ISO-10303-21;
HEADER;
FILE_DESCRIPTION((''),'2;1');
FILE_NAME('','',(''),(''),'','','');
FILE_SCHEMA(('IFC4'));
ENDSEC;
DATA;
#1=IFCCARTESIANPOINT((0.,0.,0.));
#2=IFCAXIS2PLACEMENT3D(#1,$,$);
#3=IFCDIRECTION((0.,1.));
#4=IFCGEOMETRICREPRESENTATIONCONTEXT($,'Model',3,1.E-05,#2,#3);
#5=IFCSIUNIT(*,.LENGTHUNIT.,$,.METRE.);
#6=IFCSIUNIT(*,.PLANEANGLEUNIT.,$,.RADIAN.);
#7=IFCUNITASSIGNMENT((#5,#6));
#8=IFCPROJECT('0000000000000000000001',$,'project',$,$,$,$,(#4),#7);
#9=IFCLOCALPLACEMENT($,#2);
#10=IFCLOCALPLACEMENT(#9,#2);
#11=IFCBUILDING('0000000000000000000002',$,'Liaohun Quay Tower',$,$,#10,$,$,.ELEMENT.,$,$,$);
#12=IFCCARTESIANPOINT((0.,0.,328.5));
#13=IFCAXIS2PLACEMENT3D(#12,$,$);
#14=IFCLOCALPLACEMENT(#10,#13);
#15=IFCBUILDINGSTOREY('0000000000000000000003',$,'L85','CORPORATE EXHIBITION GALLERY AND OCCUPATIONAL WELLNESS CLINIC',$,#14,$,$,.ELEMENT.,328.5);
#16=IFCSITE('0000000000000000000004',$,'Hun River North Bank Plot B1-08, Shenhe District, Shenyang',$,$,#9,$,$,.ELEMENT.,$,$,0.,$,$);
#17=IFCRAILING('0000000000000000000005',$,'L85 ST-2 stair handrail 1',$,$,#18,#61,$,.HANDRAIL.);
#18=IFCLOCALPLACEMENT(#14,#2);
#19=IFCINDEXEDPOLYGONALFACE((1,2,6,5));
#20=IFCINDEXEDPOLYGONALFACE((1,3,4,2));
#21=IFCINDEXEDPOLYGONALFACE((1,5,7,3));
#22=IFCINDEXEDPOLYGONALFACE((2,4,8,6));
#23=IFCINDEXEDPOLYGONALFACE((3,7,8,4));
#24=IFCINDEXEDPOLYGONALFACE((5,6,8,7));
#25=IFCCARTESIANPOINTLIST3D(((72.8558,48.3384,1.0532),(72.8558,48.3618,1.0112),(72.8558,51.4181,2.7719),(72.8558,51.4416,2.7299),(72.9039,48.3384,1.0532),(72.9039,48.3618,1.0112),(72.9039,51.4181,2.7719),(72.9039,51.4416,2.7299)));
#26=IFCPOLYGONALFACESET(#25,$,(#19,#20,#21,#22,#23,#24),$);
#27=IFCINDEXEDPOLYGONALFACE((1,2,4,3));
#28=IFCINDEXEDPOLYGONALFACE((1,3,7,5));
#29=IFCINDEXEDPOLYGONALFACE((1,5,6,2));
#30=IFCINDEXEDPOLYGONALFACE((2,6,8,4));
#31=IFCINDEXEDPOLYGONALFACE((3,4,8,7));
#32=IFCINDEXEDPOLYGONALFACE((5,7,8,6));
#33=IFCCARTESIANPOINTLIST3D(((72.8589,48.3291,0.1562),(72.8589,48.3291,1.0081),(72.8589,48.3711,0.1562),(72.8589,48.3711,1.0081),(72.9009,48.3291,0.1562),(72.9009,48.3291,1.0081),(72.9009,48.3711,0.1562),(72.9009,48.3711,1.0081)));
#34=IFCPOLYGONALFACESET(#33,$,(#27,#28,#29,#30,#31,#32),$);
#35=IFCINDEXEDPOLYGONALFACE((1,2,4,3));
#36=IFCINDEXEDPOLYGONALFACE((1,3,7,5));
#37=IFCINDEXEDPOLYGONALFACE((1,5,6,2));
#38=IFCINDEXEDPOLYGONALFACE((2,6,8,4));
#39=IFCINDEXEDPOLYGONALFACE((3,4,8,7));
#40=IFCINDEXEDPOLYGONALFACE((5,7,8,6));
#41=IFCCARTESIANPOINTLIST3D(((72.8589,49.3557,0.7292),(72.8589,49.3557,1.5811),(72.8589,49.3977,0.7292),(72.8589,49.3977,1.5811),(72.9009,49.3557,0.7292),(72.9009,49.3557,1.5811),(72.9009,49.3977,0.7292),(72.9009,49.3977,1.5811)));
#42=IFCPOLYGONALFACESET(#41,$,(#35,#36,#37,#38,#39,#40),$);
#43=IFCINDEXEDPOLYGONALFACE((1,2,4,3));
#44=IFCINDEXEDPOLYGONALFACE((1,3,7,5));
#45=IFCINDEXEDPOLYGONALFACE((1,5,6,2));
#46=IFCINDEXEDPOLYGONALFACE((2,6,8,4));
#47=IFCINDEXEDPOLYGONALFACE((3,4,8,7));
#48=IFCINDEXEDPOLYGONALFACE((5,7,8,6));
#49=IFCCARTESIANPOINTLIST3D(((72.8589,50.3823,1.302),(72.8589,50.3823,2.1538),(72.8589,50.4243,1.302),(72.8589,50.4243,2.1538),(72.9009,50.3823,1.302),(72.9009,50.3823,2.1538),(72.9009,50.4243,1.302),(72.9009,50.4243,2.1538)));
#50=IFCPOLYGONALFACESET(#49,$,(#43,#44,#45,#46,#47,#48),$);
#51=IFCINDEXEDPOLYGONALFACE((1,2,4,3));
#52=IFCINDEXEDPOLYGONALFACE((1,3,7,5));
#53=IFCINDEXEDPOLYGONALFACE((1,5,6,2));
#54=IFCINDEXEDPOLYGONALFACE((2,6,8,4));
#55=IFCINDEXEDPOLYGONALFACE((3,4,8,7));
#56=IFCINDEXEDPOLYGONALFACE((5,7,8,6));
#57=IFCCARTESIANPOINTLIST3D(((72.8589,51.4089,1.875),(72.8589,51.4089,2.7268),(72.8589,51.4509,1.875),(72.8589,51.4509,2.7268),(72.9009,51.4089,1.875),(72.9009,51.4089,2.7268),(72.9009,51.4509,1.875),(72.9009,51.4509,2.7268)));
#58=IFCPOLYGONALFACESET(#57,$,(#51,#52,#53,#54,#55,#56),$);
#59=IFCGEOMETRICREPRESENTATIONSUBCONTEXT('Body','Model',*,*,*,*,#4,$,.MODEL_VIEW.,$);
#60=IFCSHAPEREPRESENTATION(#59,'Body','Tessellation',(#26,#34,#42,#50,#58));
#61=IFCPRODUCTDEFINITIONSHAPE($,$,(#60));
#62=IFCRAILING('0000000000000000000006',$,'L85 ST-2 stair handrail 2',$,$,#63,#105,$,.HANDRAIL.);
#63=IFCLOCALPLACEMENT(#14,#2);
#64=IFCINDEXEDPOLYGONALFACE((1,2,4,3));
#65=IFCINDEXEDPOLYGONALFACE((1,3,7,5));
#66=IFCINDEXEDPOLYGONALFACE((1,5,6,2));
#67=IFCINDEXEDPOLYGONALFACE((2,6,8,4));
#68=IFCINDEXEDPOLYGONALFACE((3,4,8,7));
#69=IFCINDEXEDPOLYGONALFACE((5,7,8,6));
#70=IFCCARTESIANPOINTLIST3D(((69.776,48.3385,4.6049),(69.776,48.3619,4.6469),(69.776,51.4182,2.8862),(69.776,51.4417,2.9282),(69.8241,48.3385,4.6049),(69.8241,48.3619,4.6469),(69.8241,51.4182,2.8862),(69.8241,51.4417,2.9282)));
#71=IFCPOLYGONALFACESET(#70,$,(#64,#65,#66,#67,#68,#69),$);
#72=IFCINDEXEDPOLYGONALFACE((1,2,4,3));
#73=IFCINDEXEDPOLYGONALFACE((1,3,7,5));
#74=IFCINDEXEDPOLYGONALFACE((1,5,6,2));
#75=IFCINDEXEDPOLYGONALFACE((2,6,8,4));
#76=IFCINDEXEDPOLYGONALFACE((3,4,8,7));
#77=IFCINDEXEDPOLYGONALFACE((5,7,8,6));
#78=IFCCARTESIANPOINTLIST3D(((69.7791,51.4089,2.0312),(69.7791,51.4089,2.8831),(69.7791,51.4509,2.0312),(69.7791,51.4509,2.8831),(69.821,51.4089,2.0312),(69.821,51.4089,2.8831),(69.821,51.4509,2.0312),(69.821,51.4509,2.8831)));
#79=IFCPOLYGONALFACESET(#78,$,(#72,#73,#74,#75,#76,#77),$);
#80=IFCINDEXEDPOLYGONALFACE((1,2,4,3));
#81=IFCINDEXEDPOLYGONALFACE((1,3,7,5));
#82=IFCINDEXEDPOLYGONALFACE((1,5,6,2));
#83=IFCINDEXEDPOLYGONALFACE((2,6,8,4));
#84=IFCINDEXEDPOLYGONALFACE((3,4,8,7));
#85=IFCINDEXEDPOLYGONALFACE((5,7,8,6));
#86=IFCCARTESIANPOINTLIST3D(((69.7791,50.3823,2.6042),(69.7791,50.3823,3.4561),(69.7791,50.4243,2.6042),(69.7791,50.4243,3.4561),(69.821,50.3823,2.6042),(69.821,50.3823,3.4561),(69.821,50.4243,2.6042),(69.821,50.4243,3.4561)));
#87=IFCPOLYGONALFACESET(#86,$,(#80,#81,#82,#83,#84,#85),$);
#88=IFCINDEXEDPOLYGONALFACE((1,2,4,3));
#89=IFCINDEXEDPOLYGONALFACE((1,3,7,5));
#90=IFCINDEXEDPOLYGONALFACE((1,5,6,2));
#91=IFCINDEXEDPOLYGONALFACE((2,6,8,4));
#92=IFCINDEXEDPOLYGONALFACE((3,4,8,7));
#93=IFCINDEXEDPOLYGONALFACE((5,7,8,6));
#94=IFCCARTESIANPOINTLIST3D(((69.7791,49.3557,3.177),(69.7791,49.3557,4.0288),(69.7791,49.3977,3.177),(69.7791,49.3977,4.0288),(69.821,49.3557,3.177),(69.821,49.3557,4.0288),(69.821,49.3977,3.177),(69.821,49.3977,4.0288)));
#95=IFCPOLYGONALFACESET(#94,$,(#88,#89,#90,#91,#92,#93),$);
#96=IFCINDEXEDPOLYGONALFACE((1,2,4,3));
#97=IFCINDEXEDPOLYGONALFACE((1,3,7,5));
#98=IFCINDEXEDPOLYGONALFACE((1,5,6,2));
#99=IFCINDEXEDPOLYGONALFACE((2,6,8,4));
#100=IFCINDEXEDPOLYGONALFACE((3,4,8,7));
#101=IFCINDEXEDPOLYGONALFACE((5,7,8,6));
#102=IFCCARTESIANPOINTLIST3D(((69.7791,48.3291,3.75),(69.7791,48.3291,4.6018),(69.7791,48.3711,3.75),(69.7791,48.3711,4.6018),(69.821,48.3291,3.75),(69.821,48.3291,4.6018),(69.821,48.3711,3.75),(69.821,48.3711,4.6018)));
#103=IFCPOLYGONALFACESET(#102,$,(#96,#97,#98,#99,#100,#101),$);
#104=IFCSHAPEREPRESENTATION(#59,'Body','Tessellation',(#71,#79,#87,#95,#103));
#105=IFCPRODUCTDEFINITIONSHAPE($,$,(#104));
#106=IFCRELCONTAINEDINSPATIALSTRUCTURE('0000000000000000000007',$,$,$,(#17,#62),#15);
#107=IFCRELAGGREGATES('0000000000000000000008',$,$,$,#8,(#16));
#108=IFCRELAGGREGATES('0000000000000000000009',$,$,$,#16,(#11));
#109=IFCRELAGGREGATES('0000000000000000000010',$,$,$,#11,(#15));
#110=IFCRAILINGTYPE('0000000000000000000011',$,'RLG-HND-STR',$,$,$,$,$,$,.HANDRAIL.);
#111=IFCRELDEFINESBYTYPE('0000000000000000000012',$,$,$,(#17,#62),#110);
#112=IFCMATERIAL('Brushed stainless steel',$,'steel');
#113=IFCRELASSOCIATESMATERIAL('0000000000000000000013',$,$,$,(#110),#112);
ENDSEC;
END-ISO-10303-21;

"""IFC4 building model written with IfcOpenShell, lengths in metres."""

from ifc_helpers import new_model, si_unit, direction, frame, origin, origin_2d, place, context, subcontext, project, spatial, rectangle, extrude, material, type_object, element, save


model = new_model("IFC4")

# Units and contexts
model_context = context("Model", 3, precision=1e-05, world=origin(), true_north=direction((0.0, 1.0)))
body_context = subcontext(model_context, "Body", "Model", "MODEL_VIEW")
ifc_project = project(units=[si_unit("LENGTHUNIT", "METRE"), si_unit("PLANEANGLEUNIT", "RADIAN")], contexts=[model_context])

# Site, building, storey
site_placement = place(None, origin())
site = spatial("IfcSite", under=ifc_project, at=site_placement, Name="Hun River North Bank Plot B1-08, Shenhe District, Shenyang", CompositionType="ELEMENT", RefElevation=0.0)
building_placement = place(site_placement, origin())
building = spatial("IfcBuilding", under=site, at=building_placement, Name="Liaohun Quay Tower", CompositionType="ELEMENT")
storey_placement = place(building_placement, frame((0.0, 0.0, 328.5)))
storey = spatial("IfcBuildingStorey", under=building, at=storey_placement, Name="L85", Description="CORPORATE EXHIBITION GALLERY AND OCCUPATIONAL WELLNESS CLINIC", CompositionType="ELEMENT", Elevation=328.5)

# Railings
ifc_material_1 = material(Name="Brushed stainless steel", Category="steel")
railing_type_1 = type_object("IfcRailingType", Name="RLG-HND-STR", PredefinedType="HANDRAIL", material=ifc_material_1)
railing_1_placement = place(storey_placement, frame((72.8799, 48.3501, 0.1562)))
element("IfcRailing", 1, at=railing_1_placement, inside=storey, type_object=railing_type_1, Name="L85 ST-2 stair handrail 1", PredefinedType="HANDRAIL", context=body_context, shape_type="SweptSolid", body=[
    extrude(rectangle(XDim=0.0481, YDim=0.0481, at=origin_2d()), frame((0.0, 0.0, 0.876), z_axis=(0.0, 0.873225, 0.487317), x_axis=(-1.0, 0.0, 0.0)), (0.0, 0.0, 1.0), 3.5269),
    extrude(rectangle(XDim=0.042, YDim=0.042, at=origin_2d()), origin(), (0.0, 0.0, 1.0), 0.8518),
    extrude(rectangle(XDim=0.042, YDim=0.042, at=origin_2d()), frame((0.0, 1.0266, 0.573)), (0.0, 0.0, 1.0), 0.8518),
    extrude(rectangle(XDim=0.042, YDim=0.042, at=origin_2d()), frame((0.0, 2.0532, 1.1458)), (0.0, 0.0, 1.0), 0.8518),
    extrude(rectangle(XDim=0.042, YDim=0.042, at=origin_2d()), frame((0.0, 3.0798, 1.7188)), (0.0, 0.0, 1.0), 0.8518),
])
railing_2_placement = place(storey_placement, frame((69.8, 51.4299, 2.0312)))
element("IfcRailing", 2, at=railing_2_placement, inside=storey, type_object=railing_type_1, Name="L85 ST-2 stair handrail 2", PredefinedType="HANDRAIL", context=body_context, shape_type="SweptSolid", body=[
    extrude(rectangle(XDim=0.0481, YDim=0.0481, at=origin_2d()), frame((0.0, 0.0, 0.876), z_axis=(0.0, -0.873225, 0.487317), x_axis=(1.0, 0.0, 0.0)), (0.0, 0.0, 1.0), 3.5269),
    extrude(rectangle(XDim=0.042, YDim=0.042, at=origin_2d()), origin(), (0.0, 0.0, 1.0), 0.8518),
    extrude(rectangle(XDim=0.042, YDim=0.042, at=origin_2d()), frame((0.0, -1.0266, 0.573)), (0.0, 0.0, 1.0), 0.8518),
    extrude(rectangle(XDim=0.042, YDim=0.042, at=origin_2d()), frame((0.0, -2.0532, 1.1458)), (0.0, 0.0, 1.0), 0.8518),
    extrude(rectangle(XDim=0.042, YDim=0.042, at=origin_2d()), frame((0.0, -3.0798, 1.7188)), (0.0, 0.0, 1.0), 0.8518),
])

save(model, "model.ifc")
